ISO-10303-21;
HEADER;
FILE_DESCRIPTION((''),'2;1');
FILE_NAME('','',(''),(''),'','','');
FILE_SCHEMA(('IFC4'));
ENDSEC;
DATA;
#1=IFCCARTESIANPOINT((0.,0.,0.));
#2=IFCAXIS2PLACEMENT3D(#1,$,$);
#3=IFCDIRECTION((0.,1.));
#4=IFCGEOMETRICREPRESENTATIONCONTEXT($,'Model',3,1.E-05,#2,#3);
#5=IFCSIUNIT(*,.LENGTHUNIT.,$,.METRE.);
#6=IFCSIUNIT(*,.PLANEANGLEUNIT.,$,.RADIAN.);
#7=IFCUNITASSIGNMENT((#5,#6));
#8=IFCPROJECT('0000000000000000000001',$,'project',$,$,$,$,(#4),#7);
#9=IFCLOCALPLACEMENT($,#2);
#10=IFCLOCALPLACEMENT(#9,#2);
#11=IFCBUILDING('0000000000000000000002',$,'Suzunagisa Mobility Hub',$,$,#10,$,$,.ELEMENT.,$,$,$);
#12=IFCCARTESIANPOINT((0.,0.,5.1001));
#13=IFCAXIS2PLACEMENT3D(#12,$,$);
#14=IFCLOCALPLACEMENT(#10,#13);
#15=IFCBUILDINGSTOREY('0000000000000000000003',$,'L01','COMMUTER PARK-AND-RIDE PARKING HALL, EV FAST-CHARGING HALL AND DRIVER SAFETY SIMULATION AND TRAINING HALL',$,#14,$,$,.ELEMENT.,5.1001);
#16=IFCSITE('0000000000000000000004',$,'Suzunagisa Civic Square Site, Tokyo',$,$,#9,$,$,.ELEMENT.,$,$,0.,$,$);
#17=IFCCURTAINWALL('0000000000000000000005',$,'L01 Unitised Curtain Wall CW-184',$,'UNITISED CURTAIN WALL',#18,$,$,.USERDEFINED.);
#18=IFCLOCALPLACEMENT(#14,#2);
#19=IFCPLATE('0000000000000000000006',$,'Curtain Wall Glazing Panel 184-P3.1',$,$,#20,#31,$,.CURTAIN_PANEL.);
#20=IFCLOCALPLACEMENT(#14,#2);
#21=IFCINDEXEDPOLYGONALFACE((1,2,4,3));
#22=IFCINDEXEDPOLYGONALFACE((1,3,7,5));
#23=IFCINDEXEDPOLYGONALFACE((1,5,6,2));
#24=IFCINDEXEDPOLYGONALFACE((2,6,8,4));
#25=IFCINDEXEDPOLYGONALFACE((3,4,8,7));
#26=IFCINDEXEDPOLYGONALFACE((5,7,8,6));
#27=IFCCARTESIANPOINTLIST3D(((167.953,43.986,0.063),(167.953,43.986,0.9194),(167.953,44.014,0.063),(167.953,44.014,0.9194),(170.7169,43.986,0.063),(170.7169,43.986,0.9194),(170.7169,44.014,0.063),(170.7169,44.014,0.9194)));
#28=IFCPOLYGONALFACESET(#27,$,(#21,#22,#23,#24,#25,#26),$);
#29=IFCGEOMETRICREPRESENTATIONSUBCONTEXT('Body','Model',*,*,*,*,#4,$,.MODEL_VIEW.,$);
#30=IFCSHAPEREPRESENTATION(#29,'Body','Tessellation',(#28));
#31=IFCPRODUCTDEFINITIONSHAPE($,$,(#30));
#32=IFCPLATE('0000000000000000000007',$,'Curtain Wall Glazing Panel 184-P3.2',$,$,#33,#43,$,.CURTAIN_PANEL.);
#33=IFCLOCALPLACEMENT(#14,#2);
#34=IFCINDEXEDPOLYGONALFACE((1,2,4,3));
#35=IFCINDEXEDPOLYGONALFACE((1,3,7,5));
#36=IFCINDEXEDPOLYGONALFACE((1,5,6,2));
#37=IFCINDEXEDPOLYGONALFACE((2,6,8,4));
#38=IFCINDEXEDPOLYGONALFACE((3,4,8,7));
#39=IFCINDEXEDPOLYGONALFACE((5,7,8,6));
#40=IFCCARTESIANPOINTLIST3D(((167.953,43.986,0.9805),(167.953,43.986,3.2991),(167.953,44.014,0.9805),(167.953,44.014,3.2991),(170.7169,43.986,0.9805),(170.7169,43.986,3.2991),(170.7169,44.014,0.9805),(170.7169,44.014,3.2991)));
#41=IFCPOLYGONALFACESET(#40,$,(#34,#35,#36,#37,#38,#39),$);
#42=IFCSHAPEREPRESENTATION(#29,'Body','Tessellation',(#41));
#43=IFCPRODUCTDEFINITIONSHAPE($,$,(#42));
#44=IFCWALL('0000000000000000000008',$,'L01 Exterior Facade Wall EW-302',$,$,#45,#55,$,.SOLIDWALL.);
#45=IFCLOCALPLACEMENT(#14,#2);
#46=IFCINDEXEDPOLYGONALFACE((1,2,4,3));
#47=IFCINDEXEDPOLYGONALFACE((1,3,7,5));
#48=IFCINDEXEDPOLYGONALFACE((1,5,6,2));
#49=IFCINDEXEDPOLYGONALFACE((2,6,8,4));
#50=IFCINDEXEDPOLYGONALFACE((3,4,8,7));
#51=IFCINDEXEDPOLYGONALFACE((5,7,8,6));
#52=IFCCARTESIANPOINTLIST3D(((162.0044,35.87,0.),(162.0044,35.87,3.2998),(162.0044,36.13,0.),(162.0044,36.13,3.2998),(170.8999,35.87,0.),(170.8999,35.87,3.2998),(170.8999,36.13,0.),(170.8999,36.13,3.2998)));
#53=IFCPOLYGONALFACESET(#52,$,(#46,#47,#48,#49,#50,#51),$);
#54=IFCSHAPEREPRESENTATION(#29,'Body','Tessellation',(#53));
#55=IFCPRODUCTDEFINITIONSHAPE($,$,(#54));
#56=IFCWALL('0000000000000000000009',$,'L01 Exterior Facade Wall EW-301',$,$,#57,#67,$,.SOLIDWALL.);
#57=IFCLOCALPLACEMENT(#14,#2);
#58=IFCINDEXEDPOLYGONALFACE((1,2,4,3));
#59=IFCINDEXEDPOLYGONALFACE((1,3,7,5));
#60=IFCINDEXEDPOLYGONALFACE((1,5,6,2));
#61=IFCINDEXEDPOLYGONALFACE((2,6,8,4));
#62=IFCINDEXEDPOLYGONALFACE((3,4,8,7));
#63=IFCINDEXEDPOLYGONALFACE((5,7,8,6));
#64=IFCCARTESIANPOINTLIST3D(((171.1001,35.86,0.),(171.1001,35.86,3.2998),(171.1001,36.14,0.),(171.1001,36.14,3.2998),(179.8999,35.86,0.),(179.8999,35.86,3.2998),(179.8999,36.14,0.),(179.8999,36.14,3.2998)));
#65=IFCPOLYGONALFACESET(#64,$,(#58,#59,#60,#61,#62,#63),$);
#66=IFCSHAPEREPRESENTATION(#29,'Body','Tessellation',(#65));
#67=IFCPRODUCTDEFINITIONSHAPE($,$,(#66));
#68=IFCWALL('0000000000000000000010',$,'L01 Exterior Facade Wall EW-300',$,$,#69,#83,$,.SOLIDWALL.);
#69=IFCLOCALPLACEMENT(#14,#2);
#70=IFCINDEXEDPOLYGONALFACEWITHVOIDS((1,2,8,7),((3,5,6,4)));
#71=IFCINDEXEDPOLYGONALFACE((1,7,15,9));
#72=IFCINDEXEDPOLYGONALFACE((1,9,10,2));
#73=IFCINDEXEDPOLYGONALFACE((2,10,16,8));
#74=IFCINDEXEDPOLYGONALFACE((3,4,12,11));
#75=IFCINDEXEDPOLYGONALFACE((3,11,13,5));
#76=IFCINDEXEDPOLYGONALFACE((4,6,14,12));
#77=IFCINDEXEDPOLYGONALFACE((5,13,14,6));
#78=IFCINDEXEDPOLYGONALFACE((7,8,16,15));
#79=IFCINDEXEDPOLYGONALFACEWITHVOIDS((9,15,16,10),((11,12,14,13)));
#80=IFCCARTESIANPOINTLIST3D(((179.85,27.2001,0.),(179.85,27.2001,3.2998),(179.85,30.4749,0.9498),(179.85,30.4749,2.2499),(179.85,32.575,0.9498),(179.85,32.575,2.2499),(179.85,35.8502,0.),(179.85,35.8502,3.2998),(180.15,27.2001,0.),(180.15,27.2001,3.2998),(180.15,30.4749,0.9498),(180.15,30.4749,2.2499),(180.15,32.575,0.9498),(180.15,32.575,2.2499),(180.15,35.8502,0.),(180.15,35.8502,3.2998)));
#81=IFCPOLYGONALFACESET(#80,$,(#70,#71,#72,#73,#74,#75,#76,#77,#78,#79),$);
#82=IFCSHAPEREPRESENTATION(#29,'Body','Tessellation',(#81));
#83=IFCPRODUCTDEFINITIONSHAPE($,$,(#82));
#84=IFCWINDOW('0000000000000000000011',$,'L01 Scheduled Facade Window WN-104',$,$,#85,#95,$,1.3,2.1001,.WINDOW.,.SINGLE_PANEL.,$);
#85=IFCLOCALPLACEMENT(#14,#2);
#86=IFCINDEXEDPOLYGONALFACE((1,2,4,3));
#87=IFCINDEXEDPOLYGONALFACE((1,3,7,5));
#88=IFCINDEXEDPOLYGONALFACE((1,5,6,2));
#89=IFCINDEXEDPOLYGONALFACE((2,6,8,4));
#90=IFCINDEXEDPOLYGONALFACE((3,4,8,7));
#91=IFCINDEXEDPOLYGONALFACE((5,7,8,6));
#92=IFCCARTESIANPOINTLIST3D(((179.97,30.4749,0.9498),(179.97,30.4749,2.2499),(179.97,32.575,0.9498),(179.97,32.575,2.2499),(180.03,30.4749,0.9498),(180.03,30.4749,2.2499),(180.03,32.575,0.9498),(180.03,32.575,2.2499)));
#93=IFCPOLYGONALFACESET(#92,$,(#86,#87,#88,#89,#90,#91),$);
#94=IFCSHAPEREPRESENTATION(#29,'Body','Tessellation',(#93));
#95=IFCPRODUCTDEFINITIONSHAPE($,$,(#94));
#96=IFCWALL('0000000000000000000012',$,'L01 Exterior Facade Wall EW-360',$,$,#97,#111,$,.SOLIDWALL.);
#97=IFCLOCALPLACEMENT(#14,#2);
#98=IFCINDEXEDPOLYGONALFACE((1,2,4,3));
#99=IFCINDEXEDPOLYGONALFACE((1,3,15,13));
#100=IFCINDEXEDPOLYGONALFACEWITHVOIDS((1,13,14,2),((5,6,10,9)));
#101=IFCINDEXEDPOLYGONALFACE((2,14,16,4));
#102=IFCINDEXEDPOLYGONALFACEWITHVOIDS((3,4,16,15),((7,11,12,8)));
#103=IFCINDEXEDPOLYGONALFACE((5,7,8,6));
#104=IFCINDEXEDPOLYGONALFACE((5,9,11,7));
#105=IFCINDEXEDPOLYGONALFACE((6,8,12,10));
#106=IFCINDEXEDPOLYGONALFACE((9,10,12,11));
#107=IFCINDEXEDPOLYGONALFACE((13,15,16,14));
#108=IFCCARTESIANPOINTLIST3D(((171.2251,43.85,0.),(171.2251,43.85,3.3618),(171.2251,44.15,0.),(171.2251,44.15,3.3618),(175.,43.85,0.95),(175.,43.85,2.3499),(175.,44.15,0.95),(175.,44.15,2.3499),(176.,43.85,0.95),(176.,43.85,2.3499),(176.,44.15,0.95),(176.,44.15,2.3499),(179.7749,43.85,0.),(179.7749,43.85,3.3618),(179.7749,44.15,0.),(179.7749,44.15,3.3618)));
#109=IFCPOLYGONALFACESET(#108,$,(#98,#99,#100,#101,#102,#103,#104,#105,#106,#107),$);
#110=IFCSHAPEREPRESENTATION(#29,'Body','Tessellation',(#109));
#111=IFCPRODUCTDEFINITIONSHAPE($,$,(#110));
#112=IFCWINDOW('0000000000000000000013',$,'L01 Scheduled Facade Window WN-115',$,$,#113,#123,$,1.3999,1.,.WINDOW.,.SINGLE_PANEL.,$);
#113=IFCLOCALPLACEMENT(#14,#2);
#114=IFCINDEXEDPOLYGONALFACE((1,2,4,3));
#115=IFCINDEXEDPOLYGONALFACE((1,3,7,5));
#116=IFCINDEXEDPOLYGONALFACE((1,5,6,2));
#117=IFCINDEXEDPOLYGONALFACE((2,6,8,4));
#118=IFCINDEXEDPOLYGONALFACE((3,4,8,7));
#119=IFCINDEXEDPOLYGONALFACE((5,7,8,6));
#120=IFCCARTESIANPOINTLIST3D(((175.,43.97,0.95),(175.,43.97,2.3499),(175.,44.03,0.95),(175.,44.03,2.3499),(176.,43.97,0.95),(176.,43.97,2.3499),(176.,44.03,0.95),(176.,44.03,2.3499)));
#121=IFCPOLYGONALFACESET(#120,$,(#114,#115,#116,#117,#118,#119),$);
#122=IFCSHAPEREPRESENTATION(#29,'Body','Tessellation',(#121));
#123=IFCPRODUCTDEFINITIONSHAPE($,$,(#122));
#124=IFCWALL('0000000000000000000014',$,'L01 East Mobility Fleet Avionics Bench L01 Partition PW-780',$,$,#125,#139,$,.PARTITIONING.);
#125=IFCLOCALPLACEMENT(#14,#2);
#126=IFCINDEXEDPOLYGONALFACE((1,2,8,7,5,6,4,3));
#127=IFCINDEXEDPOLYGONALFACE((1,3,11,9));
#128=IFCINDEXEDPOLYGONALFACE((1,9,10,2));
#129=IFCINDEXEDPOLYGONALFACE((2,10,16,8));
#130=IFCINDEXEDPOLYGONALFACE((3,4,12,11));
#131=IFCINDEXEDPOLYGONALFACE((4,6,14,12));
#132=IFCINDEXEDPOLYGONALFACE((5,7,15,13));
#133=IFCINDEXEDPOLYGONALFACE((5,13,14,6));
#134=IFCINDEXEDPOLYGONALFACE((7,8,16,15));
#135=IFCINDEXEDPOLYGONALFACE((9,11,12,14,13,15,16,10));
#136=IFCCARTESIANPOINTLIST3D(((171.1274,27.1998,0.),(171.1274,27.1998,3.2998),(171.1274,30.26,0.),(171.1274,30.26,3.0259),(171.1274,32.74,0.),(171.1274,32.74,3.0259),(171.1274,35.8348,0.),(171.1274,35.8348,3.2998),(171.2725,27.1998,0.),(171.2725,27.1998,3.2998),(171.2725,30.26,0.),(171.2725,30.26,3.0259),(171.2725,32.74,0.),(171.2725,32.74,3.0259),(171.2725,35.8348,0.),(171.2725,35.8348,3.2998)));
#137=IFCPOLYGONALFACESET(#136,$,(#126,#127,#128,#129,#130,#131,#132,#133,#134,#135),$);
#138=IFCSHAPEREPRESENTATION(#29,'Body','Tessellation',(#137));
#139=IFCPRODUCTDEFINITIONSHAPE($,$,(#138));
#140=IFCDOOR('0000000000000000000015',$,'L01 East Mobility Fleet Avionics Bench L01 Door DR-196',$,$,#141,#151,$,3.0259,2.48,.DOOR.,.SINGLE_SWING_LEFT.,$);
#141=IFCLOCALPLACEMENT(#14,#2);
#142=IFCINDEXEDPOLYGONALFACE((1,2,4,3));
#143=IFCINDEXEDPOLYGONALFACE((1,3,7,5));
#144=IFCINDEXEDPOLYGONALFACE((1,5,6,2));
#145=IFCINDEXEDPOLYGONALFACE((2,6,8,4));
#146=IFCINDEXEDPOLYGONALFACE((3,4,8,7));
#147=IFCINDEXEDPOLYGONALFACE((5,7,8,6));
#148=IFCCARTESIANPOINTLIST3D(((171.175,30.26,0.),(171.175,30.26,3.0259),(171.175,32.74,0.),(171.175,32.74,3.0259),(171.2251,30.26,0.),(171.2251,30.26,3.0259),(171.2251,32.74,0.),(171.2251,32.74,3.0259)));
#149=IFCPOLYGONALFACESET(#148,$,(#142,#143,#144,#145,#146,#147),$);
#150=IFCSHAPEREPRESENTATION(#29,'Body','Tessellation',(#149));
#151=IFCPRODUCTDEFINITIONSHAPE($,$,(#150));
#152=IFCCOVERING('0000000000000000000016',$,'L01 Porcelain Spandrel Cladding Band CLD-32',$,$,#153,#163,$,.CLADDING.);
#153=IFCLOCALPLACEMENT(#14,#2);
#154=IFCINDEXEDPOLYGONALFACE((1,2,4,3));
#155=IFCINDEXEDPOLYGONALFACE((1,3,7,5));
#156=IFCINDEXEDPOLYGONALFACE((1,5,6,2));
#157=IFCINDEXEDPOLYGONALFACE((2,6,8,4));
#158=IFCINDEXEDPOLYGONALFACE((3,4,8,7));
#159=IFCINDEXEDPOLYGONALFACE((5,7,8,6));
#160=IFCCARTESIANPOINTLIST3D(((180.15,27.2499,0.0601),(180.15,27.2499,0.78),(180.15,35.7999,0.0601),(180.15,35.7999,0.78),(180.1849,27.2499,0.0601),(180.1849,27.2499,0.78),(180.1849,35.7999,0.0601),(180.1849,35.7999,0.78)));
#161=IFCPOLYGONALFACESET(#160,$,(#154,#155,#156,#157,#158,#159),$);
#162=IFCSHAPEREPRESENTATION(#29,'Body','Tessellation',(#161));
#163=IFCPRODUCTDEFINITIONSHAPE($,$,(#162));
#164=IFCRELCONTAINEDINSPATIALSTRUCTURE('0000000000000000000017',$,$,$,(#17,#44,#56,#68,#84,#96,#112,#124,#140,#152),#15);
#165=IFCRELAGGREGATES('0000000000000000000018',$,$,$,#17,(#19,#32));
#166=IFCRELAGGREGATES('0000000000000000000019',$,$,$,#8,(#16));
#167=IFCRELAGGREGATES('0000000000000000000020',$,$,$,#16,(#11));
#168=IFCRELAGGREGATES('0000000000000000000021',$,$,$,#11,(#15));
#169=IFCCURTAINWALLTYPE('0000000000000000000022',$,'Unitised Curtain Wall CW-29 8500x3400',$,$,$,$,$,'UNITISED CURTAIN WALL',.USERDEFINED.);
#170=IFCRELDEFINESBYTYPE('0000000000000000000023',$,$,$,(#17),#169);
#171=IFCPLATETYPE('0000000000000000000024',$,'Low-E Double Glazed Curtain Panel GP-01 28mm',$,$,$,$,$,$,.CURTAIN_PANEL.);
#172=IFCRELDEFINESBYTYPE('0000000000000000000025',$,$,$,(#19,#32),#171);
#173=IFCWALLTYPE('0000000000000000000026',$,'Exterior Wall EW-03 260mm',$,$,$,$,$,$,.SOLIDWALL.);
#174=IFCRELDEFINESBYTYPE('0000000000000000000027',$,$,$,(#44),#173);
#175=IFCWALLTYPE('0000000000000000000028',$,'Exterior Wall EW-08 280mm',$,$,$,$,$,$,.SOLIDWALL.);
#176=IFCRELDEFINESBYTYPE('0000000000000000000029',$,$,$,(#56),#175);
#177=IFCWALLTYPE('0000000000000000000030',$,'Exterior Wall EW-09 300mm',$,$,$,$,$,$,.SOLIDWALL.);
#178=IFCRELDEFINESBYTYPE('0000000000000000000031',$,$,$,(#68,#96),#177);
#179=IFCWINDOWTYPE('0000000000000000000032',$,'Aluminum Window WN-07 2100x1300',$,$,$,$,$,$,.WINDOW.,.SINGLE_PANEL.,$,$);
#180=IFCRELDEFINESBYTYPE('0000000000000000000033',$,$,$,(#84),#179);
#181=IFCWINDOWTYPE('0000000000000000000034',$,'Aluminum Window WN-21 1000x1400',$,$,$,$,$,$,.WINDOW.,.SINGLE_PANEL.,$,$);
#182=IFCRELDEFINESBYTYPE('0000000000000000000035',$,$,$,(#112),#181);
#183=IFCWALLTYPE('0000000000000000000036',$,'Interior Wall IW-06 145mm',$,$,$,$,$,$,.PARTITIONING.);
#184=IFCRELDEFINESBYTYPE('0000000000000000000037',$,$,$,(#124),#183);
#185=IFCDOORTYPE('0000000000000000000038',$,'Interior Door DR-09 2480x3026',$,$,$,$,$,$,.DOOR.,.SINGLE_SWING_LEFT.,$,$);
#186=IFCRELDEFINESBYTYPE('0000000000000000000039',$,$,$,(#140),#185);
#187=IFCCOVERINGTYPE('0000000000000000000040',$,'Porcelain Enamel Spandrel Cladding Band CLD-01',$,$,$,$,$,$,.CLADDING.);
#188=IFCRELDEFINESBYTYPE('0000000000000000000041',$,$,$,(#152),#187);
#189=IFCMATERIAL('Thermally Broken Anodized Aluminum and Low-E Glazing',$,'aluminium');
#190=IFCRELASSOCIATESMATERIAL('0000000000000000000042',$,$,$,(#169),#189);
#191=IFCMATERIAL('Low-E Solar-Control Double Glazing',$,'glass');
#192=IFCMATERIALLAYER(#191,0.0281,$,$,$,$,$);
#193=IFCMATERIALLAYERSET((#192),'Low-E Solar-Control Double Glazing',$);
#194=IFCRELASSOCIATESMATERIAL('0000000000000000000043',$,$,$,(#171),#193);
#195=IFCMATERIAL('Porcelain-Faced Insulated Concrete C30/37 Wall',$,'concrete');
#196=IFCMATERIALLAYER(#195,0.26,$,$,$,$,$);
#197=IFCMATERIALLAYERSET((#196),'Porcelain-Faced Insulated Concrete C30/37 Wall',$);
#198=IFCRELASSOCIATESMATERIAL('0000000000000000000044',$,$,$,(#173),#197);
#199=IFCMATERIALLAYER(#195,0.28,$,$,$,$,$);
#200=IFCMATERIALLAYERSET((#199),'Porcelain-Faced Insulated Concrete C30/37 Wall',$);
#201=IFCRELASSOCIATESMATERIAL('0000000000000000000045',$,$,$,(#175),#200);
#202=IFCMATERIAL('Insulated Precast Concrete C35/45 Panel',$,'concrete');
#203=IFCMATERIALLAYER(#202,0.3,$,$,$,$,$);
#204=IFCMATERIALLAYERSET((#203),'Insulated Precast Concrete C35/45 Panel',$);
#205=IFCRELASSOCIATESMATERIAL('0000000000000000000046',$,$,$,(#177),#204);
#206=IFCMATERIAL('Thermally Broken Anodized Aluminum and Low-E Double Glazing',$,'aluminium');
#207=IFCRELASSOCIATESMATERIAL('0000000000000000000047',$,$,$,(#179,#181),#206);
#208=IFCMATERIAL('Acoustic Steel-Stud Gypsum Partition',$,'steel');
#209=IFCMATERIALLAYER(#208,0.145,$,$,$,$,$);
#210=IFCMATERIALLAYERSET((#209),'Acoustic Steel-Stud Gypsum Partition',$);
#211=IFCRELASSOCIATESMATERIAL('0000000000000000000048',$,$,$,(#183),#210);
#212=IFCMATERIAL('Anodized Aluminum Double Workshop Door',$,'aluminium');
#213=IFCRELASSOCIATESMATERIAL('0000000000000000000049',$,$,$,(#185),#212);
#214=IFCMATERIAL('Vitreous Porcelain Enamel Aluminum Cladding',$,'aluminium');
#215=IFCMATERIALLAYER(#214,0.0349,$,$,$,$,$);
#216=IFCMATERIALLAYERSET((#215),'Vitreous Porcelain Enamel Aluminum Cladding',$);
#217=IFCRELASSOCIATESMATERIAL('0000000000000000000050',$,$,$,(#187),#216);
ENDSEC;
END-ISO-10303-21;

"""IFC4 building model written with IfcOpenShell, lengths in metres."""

from ifc_helpers import new_model, si_unit, direction, frame, frame_2d, origin, origin_2d, place, context, subcontext, project, spatial, rectangle, extrude, material, layer, layer_set, type_object, element, fill, aggregate, save


model = new_model("IFC4")

# Units and contexts
model_context = context("Model", 3, precision=1e-05, world=origin(), true_north=direction((0.0, 1.0)))
body_context = subcontext(model_context, "Body", "Model", "MODEL_VIEW")
ifc_project = project(units=[si_unit("LENGTHUNIT", "METRE"), si_unit("PLANEANGLEUNIT", "RADIAN")], contexts=[model_context])

# Site, building, storey
site_placement = place(None, origin())
site = spatial("IfcSite", under=ifc_project, at=site_placement, Name="Suzunagisa Civic Square Site, Tokyo", CompositionType="ELEMENT", RefElevation=0.0)
building_placement = place(site_placement, origin())
building = spatial("IfcBuilding", under=site, at=building_placement, Name="Suzunagisa Mobility Hub", CompositionType="ELEMENT")
storey_placement = place(building_placement, frame((0.0, 0.0, 5.1001)))
storey = spatial("IfcBuildingStorey", under=building, at=storey_placement, Name="L01", Description="COMMUTER PARK-AND-RIDE PARKING HALL, EV FAST-CHARGING HALL AND DRIVER SAFETY SIMULATION AND TRAINING HALL", CompositionType="ELEMENT", Elevation=5.1001)

# Curtain wall
ifc_material_1 = material(Name="Thermally Broken Anodized Aluminum and Low-E Glazing", Category="aluminium")
curtain_wall_type = type_object("IfcCurtainWallType", Name="Unitised Curtain Wall CW-29 8500x3400", ElementType="UNITISED CURTAIN WALL", PredefinedType="USERDEFINED", material=ifc_material_1)
curtain_wall_placement = place(storey_placement, origin())
curtain_wall = element("IfcCurtainWall", 1, at=curtain_wall_placement, inside=storey, type_object=curtain_wall_type, Name="L01 Unitised Curtain Wall CW-184", ObjectType="UNITISED CURTAIN WALL", PredefinedType="USERDEFINED")

# Plates
ifc_material_2 = material(Name="Low-E Solar-Control Double Glazing", Category="glass")
ifc_layer_1 = layer(ifc_material_2, 0.0281)
ifc_layer_set_1 = layer_set([ifc_layer_1], Name="Low-E Solar-Control Double Glazing")
plate_type = type_object("IfcPlateType", Name="Low-E Double Glazed Curtain Panel GP-01 28mm", PredefinedType="CURTAIN_PANEL", material=ifc_layer_set_1)
plate_1_placement = place(storey_placement, frame((169.335, 44.0, 0.063), z_axis=(0.0, 0.0, 1.0), x_axis=(1.0, 0.0, 0.0)))
plate_1 = element("IfcPlate", 2, at=plate_1_placement, type_object=plate_type, Name="Curtain Wall Glazing Panel 184-P3.1", PredefinedType="CURTAIN_PANEL", context=body_context, shape_type="SweptSolid", body=[
    extrude(rectangle(XDim=2.7639, YDim=0.0281, at=origin_2d()), origin(), (0.0, 0.0, 1.0), 0.8564),
])
plate_2_placement = place(storey_placement, frame((169.335, 44.0, 0.9805), z_axis=(0.0, 0.0, 1.0), x_axis=(1.0, 0.0, 0.0)))
plate_2 = element("IfcPlate", 3, at=plate_2_placement, type_object=plate_type, Name="Curtain Wall Glazing Panel 184-P3.2", PredefinedType="CURTAIN_PANEL", context=body_context, shape_type="SweptSolid", body=[
    extrude(rectangle(XDim=2.7639, YDim=0.0281, at=origin_2d()), origin(), (0.0, 0.0, 1.0), 2.3186),
])
aggregate(curtain_wall, [plate_1, plate_2])

# Walls
ifc_material_3 = material(Name="Porcelain-Faced Insulated Concrete C30/37 Wall", Category="concrete")
ifc_layer_2 = layer(ifc_material_3, 0.26)
ifc_layer_set_2 = layer_set([ifc_layer_2], Name="Porcelain-Faced Insulated Concrete C30/37 Wall")
wall_type_1 = type_object("IfcWallType", Name="Exterior Wall EW-03 260mm", PredefinedType="SOLIDWALL", material=ifc_layer_set_2)
wall_1_placement = place(storey_placement, frame((170.8999, 36.0, 0.0), z_axis=(0.0, 0.0, 1.0), x_axis=(-1.0, 0.0, 0.0)))
element("IfcWall", 4, at=wall_1_placement, inside=storey, type_object=wall_type_1, Name="L01 Exterior Facade Wall EW-302", PredefinedType="SOLIDWALL", context=body_context, shape_type="SweptSolid", body=[
    extrude(rectangle(XDim=8.8955, YDim=0.26, at=frame_2d((4.4478, 0.0))), origin(), (0.0, 0.0, 1.0), 3.2998),
])
ifc_layer_3 = layer(ifc_material_3, 0.28)
ifc_layer_set_3 = layer_set([ifc_layer_3], Name="Porcelain-Faced Insulated Concrete C30/37 Wall")
wall_type_2 = type_object("IfcWallType", Name="Exterior Wall EW-08 280mm", PredefinedType="SOLIDWALL", material=ifc_layer_set_3)
wall_2_placement = place(storey_placement, frame((179.8999, 36.0, 0.0), z_axis=(0.0, 0.0, 1.0), x_axis=(-1.0, 0.0, 0.0)))
element("IfcWall", 5, at=wall_2_placement, inside=storey, type_object=wall_type_2, Name="L01 Exterior Facade Wall EW-301", PredefinedType="SOLIDWALL", context=body_context, shape_type="SweptSolid", body=[
    extrude(rectangle(XDim=8.7998, YDim=0.28, at=frame_2d((4.3999, 0.0))), origin(), (0.0, 0.0, 1.0), 3.2998),
])

# Walls, openings, windows
ifc_material_4 = material(Name="Insulated Precast Concrete C35/45 Panel", Category="concrete")
ifc_layer_4 = layer(ifc_material_4, 0.3)
ifc_layer_set_4 = layer_set([ifc_layer_4], Name="Insulated Precast Concrete C35/45 Panel")
wall_type_3 = type_object("IfcWallType", Name="Exterior Wall EW-09 300mm", PredefinedType="SOLIDWALL", material=ifc_layer_set_4)
wall_3_placement = place(storey_placement, frame((180.0, 27.2, 0.0), z_axis=(0.0, 0.0, 1.0), x_axis=(0.0, 1.0, 0.0)))
wall_3 = element("IfcWall", 6, at=wall_3_placement, inside=storey, type_object=wall_type_3, Name="L01 Exterior Facade Wall EW-300", PredefinedType="SOLIDWALL", context=body_context, shape_type="SweptSolid", body=[
    extrude(rectangle(XDim=8.6501, YDim=0.3, at=frame_2d((4.3252, 0.0))), origin(), (0.0, 0.0, 1.0), 3.2998),
])
opening_1_placement = place(wall_3_placement, frame((3.2749, 0.0, 0.95)))
opening_1 = element("IfcOpeningElement", 7, at=opening_1_placement, cuts=wall_3, PredefinedType="OPENING", context=body_context, shape_type="SweptSolid", body=[
    extrude(rectangle(XDim=2.1001, YDim=1.3, at=frame_2d((1.05, 0.6499))), frame((0.0, 0.1611, 0.0), z_axis=(0.0, -1.0, 0.0), x_axis=(1.0, 0.0, 0.0)), (0.0, 0.0, 1.0), 0.322),
])
ifc_material_5 = material(Name="Thermally Broken Anodized Aluminum and Low-E Double Glazing", Category="aluminium")
window_type_1 = type_object("IfcWindowType", Name="Aluminum Window WN-07 2100x1300", PartitioningType="SINGLE_PANEL", PredefinedType="WINDOW", material=ifc_material_5)
window_1_placement = place(opening_1_placement, origin())
window_1 = element("IfcWindow", 8, at=window_1_placement, inside=storey, type_object=window_type_1, Name="L01 Scheduled Facade Window WN-104", OverallHeight=1.3, OverallWidth=2.1001, PartitioningType="SINGLE_PANEL", PredefinedType="WINDOW", context=body_context, shape_type="SweptSolid", body=[
    extrude(rectangle(XDim=2.1001, YDim=1.3, at=frame_2d((1.05, 0.6499))), frame((0.0, 0.03, 0.0), z_axis=(0.0, -1.0, 0.0), x_axis=(1.0, 0.0, 0.0)), (0.0, 0.0, 1.0), 0.0601),
])
fill(opening_1, window_1)
wall_4_placement = place(storey_placement, frame((171.2251, 44.0, 0.0), z_axis=(0.0, 0.0, 1.0), x_axis=(1.0, 0.0, 0.0)))
wall_4 = element("IfcWall", 9, at=wall_4_placement, inside=storey, type_object=wall_type_3, Name="L01 Exterior Facade Wall EW-360", PredefinedType="SOLIDWALL", context=body_context, shape_type="SweptSolid", body=[
    extrude(rectangle(XDim=8.5498, YDim=0.3, at=frame_2d((4.2749, 0.0))), origin(), (0.0, 0.0, 1.0), 3.3618),
])
opening_2_placement = place(wall_4_placement, frame((3.7749, 0.0, 0.95)))
opening_2 = element("IfcOpeningElement", 10, at=opening_2_placement, cuts=wall_4, PredefinedType="OPENING", context=body_context, shape_type="SweptSolid", body=[
    extrude(rectangle(XDim=1.0, YDim=1.3999, at=frame_2d((0.5, 0.7))), frame((0.0, 0.1611, 0.0), z_axis=(0.0, -1.0, 0.0), x_axis=(1.0, 0.0, 0.0)), (0.0, 0.0, 1.0), 0.322),
])
window_type_2 = type_object("IfcWindowType", Name="Aluminum Window WN-21 1000x1400", PartitioningType="SINGLE_PANEL", PredefinedType="WINDOW", material=ifc_material_5)
window_2_placement = place(opening_2_placement, origin())
window_2 = element("IfcWindow", 11, at=window_2_placement, inside=storey, type_object=window_type_2, Name="L01 Scheduled Facade Window WN-115", OverallHeight=1.3999, OverallWidth=1.0, PartitioningType="SINGLE_PANEL", PredefinedType="WINDOW", context=body_context, shape_type="SweptSolid", body=[
    extrude(rectangle(XDim=1.0, YDim=1.3999, at=frame_2d((0.5, 0.7))), frame((0.0, 0.03, 0.0), z_axis=(0.0, -1.0, 0.0), x_axis=(1.0, 0.0, 0.0)), (0.0, 0.0, 1.0), 0.0601),
])
fill(opening_2, window_2)

# Wall, opening, door
ifc_material_6 = material(Name="Acoustic Steel-Stud Gypsum Partition", Category="steel")
ifc_layer_5 = layer(ifc_material_6, 0.145)
ifc_layer_set_5 = layer_set([ifc_layer_5], Name="Acoustic Steel-Stud Gypsum Partition")
wall_type_4 = type_object("IfcWallType", Name="Interior Wall IW-06 145mm", PredefinedType="PARTITIONING", material=ifc_layer_set_5)
wall_5_placement = place(storey_placement, frame((171.2, 27.2, 0.0), z_axis=(0.0, 0.0, 1.0), x_axis=(0.0, 1.0, 0.0)))
wall_5 = element("IfcWall", 12, at=wall_5_placement, inside=storey, type_object=wall_type_4, Name="L01 East Mobility Fleet Avionics Bench L01 Partition PW-780", PredefinedType="PARTITIONING", context=body_context, shape_type="SweptSolid", body=[
    extrude(rectangle(XDim=8.635, YDim=0.145, at=frame_2d((4.3174, 0.0))), origin(), (0.0, 0.0, 1.0), 3.2998),
])
opening_3_placement = place(wall_5_placement, frame((3.0601, 0.0, 0.0)))
opening_3 = element("IfcOpeningElement", 13, at=opening_3_placement, cuts=wall_5, PredefinedType="OPENING", context=body_context, shape_type="SweptSolid", body=[
    extrude(rectangle(XDim=2.48, YDim=3.0259, at=frame_2d((1.24, 1.5129))), frame((0.0, 0.0835, 0.0), z_axis=(0.0, -1.0, 0.0), x_axis=(1.0, 0.0, 0.0)), (0.0, 0.0, 1.0), 0.167),
])
ifc_material_7 = material(Name="Anodized Aluminum Double Workshop Door", Category="aluminium")
door_type = type_object("IfcDoorType", Name="Interior Door DR-09 2480x3026", OperationType="SINGLE_SWING_LEFT", PredefinedType="DOOR", material=ifc_material_7)
door_placement = place(opening_3_placement, origin())
door = element("IfcDoor", 14, at=door_placement, inside=storey, type_object=door_type, Name="L01 East Mobility Fleet Avionics Bench L01 Door DR-196", OperationType="SINGLE_SWING_LEFT", OverallHeight=3.0259, OverallWidth=2.48, PredefinedType="DOOR", context=body_context, shape_type="SweptSolid", body=[
    extrude(rectangle(XDim=2.48, YDim=3.0259, at=frame_2d((1.24, 1.5129))), frame((0.0, 0.0249, 0.0), z_axis=(0.0, -1.0, 0.0), x_axis=(1.0, 0.0, 0.0)), (0.0, 0.0, 1.0), 0.05),
])
fill(opening_3, door)

# Covering
ifc_material_8 = material(Name="Vitreous Porcelain Enamel Aluminum Cladding", Category="aluminium")
ifc_layer_6 = layer(ifc_material_8, 0.0349)
ifc_layer_set_6 = layer_set([ifc_layer_6], Name="Vitreous Porcelain Enamel Aluminum Cladding")
covering_type = type_object("IfcCoveringType", Name="Porcelain Enamel Spandrel Cladding Band CLD-01", PredefinedType="CLADDING", material=ifc_layer_set_6)
covering_1_placement = place(storey_placement, frame((180.1675, 31.5249, 0.0601), z_axis=(0.0, 0.0, 1.0), x_axis=(0.0, 1.0, 0.0)))
element("IfcCovering", 15, at=covering_1_placement, inside=storey, type_object=covering_type, Name="L01 Porcelain Spandrel Cladding Band CLD-32", PredefinedType="CLADDING", context=body_context, shape_type="SweptSolid", body=[
    extrude(rectangle(XDim=8.55, YDim=0.0349, at=origin_2d()), origin(), (0.0, 0.0, 1.0), 0.72),
])

save(model, "model.ifc")
